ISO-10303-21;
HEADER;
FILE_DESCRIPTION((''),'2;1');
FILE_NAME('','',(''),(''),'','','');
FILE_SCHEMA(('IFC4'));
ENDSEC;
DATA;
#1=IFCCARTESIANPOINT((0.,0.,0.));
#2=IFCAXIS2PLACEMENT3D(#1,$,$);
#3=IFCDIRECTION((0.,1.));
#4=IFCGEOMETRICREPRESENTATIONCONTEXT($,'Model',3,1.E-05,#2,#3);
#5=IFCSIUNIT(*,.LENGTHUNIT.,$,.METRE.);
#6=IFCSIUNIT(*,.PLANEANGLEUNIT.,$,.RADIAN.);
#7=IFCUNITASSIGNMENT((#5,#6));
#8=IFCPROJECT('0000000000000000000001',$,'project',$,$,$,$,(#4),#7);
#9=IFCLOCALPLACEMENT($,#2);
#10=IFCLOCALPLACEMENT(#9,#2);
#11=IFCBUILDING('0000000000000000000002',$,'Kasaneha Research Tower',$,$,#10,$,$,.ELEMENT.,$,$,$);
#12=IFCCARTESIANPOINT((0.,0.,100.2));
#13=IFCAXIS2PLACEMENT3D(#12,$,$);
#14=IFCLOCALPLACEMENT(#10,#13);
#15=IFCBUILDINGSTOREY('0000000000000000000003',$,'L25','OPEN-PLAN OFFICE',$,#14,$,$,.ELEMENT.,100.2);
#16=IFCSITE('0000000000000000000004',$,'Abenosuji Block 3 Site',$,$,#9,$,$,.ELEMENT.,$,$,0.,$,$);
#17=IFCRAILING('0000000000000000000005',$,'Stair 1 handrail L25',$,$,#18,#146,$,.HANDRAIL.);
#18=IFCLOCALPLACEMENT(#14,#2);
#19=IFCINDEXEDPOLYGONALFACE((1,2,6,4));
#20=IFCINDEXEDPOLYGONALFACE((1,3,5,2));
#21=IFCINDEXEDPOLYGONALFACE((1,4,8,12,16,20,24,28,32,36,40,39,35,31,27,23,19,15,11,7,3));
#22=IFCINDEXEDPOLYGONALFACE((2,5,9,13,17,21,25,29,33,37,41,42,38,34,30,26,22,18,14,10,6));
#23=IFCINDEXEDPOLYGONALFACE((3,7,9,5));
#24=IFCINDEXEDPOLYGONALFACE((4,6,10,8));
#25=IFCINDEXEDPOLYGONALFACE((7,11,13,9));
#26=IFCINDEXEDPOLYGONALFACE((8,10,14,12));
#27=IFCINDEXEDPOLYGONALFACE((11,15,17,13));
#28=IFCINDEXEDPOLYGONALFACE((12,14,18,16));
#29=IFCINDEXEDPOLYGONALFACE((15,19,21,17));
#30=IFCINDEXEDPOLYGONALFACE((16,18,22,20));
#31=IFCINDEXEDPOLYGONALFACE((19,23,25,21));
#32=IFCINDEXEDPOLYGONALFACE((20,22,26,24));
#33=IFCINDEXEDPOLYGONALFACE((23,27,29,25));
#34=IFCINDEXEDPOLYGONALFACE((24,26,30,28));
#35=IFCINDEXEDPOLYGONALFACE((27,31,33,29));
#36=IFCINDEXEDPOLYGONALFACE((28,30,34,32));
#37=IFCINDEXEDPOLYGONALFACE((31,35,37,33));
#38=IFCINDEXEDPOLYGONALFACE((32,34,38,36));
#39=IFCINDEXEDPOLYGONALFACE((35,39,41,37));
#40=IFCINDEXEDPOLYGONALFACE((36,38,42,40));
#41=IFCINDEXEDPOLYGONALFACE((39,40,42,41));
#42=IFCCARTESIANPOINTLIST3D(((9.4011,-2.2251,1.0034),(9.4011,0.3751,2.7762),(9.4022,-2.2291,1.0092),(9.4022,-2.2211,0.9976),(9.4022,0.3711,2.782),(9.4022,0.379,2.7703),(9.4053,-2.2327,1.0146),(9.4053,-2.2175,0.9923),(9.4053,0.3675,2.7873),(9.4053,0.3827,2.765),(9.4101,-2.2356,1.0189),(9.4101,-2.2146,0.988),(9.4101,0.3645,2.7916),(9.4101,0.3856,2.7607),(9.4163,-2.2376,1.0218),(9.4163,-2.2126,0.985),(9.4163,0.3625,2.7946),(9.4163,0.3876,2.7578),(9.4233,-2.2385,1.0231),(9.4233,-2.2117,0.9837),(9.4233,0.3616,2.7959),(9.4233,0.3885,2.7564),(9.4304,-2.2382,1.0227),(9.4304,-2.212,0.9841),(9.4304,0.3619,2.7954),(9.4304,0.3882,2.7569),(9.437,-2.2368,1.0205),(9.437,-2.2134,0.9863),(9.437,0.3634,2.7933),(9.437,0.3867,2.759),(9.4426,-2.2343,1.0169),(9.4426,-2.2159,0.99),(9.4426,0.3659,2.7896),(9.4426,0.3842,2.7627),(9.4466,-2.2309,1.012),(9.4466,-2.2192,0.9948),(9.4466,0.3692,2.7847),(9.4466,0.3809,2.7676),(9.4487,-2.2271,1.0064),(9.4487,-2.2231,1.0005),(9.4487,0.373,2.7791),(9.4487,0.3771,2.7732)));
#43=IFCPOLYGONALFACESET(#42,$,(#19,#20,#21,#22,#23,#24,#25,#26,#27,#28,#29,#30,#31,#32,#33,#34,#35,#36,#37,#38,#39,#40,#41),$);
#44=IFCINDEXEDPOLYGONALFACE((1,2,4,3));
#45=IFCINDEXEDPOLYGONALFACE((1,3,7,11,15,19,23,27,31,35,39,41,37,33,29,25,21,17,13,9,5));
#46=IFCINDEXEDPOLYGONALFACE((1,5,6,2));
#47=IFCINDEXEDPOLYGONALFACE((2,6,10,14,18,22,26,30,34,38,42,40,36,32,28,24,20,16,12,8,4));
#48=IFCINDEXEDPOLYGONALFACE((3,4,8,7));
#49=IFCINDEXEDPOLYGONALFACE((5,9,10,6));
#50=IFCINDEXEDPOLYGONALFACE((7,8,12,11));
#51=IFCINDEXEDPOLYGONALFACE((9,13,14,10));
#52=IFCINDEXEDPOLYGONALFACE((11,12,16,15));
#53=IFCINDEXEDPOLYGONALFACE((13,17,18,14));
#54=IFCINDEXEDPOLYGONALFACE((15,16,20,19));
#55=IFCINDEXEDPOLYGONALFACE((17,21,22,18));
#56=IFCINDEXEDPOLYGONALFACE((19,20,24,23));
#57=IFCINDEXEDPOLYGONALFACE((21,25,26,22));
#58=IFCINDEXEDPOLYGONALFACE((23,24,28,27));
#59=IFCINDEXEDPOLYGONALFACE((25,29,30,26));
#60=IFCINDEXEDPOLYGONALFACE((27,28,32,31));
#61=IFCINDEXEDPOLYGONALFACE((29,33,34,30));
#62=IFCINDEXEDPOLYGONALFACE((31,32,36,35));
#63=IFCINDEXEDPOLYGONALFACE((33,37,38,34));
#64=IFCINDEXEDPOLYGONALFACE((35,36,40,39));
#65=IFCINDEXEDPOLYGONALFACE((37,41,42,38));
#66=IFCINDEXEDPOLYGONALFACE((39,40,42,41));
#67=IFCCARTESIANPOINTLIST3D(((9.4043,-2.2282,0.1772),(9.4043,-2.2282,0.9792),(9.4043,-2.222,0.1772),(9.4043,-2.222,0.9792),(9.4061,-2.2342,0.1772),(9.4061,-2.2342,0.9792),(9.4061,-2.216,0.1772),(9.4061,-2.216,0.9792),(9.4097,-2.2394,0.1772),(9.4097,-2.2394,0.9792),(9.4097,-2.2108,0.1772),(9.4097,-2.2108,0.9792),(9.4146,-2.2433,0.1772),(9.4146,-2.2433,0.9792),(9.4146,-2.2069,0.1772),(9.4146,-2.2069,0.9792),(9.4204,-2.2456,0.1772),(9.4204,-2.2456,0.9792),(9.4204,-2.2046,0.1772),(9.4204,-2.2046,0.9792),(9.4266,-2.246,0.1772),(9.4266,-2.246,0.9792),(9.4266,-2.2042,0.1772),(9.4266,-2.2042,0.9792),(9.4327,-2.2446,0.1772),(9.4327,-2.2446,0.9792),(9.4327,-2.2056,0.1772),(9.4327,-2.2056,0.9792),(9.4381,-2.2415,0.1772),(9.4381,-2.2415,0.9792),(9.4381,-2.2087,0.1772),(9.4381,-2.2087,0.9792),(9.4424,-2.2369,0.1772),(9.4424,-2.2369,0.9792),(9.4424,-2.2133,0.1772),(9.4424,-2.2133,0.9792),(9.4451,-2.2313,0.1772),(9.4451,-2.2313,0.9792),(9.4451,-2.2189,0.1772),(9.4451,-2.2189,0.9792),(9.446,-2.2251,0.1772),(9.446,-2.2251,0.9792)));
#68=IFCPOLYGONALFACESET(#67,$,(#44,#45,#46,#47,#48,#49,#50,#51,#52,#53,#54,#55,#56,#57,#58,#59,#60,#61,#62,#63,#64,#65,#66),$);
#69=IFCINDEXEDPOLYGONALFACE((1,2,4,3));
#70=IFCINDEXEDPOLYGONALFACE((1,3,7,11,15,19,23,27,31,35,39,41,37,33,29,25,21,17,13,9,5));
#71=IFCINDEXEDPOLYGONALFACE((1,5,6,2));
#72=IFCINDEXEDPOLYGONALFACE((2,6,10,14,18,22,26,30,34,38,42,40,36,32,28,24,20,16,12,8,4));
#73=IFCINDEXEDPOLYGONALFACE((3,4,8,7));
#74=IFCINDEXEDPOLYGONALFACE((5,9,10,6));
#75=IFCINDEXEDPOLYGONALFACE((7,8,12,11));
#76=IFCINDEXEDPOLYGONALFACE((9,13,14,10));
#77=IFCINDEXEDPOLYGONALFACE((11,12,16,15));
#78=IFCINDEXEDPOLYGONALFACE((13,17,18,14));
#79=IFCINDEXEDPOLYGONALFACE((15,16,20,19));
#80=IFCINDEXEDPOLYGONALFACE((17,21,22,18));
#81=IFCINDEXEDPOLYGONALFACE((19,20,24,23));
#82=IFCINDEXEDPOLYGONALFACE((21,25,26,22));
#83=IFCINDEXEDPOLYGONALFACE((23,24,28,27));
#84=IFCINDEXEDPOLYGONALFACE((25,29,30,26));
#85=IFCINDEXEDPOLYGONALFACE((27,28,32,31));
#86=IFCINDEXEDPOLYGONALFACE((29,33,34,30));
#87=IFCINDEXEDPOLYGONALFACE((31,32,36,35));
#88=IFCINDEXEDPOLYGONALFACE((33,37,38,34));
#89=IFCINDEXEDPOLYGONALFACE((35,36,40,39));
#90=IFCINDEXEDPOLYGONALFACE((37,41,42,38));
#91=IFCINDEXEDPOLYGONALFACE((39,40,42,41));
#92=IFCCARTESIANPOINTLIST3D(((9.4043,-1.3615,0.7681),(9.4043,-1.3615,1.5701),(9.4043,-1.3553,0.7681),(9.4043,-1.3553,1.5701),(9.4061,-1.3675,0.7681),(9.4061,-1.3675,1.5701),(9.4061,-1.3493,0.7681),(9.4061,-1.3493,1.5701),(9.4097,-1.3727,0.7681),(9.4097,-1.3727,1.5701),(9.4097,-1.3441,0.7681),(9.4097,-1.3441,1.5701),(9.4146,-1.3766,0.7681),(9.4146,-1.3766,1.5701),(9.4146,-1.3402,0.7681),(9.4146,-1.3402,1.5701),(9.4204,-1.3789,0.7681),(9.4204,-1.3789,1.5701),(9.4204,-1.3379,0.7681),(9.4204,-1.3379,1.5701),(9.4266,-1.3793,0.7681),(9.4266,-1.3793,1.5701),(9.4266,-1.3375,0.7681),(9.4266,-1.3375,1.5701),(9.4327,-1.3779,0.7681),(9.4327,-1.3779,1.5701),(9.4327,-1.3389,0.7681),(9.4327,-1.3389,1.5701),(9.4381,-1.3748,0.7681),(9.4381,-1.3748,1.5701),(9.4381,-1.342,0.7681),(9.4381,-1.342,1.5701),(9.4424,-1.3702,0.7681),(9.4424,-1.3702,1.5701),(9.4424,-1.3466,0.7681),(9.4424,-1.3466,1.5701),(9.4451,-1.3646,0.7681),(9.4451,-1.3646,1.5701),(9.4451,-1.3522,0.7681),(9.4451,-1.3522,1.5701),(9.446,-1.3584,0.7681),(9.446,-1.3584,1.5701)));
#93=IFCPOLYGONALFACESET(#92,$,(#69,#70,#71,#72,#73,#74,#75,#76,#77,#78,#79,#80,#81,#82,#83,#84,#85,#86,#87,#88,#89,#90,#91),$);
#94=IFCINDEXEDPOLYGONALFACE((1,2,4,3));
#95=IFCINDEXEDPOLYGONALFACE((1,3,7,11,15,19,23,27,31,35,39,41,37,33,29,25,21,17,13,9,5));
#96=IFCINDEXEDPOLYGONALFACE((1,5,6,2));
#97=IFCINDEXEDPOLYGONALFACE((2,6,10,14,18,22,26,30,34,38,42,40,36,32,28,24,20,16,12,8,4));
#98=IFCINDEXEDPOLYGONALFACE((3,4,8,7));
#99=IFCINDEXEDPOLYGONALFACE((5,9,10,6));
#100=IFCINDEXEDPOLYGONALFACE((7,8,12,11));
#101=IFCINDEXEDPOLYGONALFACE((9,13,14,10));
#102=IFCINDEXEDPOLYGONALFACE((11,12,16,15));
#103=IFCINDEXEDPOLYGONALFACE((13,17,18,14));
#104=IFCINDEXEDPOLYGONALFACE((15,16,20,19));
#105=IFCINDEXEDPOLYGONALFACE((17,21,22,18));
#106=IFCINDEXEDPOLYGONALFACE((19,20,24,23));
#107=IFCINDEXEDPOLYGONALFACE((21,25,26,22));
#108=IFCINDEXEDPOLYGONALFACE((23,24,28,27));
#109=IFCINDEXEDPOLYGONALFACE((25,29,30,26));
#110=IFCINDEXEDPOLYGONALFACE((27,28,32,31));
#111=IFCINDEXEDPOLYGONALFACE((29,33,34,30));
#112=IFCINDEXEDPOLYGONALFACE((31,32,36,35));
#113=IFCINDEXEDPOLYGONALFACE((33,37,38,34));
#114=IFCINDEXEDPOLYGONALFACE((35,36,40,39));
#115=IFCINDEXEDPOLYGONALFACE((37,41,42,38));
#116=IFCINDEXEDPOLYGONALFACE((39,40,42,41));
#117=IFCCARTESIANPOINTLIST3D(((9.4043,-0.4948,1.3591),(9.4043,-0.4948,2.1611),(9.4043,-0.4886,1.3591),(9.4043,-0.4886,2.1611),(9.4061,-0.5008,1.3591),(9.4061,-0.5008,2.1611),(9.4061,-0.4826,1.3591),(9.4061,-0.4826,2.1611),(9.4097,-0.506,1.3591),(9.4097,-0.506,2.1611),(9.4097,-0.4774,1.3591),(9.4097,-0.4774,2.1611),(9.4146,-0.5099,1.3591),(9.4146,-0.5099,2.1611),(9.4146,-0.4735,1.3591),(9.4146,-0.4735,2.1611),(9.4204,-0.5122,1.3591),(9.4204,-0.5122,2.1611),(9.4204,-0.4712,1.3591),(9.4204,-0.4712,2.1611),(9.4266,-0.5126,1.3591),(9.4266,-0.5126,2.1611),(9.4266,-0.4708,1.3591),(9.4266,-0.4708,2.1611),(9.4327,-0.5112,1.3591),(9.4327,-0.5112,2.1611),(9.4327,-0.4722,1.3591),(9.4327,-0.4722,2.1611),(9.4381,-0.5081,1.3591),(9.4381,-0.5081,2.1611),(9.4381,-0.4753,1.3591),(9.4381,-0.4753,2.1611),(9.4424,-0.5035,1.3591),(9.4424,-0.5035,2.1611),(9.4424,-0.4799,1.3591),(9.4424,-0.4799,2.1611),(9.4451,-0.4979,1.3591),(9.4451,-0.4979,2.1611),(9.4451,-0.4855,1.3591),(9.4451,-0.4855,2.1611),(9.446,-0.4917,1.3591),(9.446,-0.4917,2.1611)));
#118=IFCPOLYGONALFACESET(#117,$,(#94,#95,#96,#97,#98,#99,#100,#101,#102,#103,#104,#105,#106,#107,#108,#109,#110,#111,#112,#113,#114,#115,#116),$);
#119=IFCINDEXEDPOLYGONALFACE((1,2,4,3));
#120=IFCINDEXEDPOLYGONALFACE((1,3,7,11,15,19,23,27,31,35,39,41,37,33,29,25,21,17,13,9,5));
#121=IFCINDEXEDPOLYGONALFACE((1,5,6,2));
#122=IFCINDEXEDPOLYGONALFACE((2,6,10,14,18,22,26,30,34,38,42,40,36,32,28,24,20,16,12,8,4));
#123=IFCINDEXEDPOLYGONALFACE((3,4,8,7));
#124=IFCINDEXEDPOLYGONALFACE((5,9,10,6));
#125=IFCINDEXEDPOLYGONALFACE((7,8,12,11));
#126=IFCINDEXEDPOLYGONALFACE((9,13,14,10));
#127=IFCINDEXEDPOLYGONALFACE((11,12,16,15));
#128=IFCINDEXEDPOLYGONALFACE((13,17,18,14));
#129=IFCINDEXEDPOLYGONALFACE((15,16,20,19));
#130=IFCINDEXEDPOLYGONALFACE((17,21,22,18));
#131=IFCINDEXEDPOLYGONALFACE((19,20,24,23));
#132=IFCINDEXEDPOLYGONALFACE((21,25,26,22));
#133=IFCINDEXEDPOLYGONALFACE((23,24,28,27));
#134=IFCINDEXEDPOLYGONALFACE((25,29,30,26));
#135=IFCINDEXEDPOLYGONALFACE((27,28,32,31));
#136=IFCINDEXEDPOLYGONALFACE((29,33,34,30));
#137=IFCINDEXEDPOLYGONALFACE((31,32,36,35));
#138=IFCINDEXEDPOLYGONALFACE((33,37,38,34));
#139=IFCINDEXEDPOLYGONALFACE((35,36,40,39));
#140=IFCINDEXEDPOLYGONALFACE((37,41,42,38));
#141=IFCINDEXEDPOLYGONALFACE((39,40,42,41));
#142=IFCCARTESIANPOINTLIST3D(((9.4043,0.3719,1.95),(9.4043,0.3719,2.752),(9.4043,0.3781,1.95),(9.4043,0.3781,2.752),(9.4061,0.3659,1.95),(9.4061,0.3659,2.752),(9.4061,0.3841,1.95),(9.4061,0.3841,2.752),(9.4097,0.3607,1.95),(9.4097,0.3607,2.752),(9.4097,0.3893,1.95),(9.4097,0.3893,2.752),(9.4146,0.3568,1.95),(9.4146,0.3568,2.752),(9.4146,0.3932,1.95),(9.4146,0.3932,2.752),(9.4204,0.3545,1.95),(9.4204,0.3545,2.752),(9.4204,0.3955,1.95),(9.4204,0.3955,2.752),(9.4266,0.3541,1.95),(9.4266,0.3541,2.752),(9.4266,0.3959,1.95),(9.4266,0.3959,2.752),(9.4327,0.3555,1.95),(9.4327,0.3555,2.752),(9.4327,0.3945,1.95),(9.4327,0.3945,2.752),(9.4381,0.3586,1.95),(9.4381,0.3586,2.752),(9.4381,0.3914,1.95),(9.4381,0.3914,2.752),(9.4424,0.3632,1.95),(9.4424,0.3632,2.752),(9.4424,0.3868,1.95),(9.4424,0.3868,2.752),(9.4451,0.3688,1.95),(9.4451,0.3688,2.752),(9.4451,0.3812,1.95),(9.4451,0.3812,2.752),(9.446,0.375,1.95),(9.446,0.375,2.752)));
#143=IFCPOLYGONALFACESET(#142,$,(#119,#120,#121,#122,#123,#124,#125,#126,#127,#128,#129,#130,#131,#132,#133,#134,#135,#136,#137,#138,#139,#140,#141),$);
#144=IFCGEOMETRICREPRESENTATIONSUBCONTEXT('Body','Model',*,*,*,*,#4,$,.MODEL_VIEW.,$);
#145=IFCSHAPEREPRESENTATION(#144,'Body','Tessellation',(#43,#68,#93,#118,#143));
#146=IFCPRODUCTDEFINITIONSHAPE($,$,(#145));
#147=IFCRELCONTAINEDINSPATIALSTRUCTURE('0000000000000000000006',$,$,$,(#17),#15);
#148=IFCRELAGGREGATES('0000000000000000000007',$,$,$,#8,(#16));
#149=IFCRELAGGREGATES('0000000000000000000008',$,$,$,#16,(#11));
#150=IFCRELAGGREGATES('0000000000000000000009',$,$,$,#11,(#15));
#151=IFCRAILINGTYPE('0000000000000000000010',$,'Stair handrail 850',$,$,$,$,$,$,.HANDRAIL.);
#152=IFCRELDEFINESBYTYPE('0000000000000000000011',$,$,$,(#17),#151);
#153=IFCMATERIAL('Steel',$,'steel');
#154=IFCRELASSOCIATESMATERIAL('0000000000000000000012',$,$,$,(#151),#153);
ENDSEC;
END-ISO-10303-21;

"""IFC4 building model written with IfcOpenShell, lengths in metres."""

from ifc_helpers import new_model, si_unit, direction, frame, origin, origin_2d, place, context, subcontext, project, spatial, circle, extrude, material, type_object, element, save


model = new_model("IFC4")

# Units and contexts
model_context = context("Model", 3, precision=1e-05, world=origin(), true_north=direction((0.0, 1.0)))
body_context = subcontext(model_context, "Body", "Model", "MODEL_VIEW")
ifc_project = project(units=[si_unit("LENGTHUNIT", "METRE"), si_unit("PLANEANGLEUNIT", "RADIAN")], contexts=[model_context])

# Site, building, storey
site_placement = place(None, origin())
site = spatial("IfcSite", under=ifc_project, at=site_placement, Name="Abenosuji Block 3 Site", CompositionType="ELEMENT", RefElevation=0.0)
building_placement = place(site_placement, origin())
building = spatial("IfcBuilding", under=site, at=building_placement, Name="Kasaneha Research Tower", CompositionType="ELEMENT")
storey_placement = place(building_placement, frame((0.0, 0.0, 100.2)))
storey = spatial("IfcBuildingStorey", under=building, at=storey_placement, Name="L25", Description="OPEN-PLAN OFFICE", CompositionType="ELEMENT", Elevation=100.2)

# Railing
ifc_material_1 = material(Name="Steel", Category="steel")
railing_type = type_object("IfcRailingType", Name="Stair handrail 850", PredefinedType="HANDRAIL", material=ifc_material_1)
railing_placement = place(storey_placement, frame((9.425, -2.2251, 0.1772)))
element("IfcRailing", 1, at=railing_placement, inside=storey, type_object=railing_type, Name="Stair 1 handrail L25", PredefinedType="HANDRAIL", context=body_context, shape_type="SweptSolid", body=[
    extrude(circle(Radius=0.0239, at=origin_2d()), frame((0.0, 0.0, 0.8262), z_axis=(0.0, 0.82624, 0.563318), x_axis=(-1.0, 0.0, 0.0)), (0.0, 0.0, 1.0), 3.147),
    extrude(circle(Radius=0.021, at=origin_2d()), origin(), (0.0, 0.0, 1.0), 0.802),
    extrude(circle(Radius=0.021, at=origin_2d()), frame((0.0, 0.8667, 0.5908)), (0.0, 0.0, 1.0), 0.802),
    extrude(circle(Radius=0.021, at=origin_2d()), frame((0.0, 1.7334, 1.1819)), (0.0, 0.0, 1.0), 0.802),
    extrude(circle(Radius=0.021, at=origin_2d()), frame((0.0, 2.6001, 1.7727)), (0.0, 0.0, 1.0), 0.802),
])

save(model, "model.ifc")
